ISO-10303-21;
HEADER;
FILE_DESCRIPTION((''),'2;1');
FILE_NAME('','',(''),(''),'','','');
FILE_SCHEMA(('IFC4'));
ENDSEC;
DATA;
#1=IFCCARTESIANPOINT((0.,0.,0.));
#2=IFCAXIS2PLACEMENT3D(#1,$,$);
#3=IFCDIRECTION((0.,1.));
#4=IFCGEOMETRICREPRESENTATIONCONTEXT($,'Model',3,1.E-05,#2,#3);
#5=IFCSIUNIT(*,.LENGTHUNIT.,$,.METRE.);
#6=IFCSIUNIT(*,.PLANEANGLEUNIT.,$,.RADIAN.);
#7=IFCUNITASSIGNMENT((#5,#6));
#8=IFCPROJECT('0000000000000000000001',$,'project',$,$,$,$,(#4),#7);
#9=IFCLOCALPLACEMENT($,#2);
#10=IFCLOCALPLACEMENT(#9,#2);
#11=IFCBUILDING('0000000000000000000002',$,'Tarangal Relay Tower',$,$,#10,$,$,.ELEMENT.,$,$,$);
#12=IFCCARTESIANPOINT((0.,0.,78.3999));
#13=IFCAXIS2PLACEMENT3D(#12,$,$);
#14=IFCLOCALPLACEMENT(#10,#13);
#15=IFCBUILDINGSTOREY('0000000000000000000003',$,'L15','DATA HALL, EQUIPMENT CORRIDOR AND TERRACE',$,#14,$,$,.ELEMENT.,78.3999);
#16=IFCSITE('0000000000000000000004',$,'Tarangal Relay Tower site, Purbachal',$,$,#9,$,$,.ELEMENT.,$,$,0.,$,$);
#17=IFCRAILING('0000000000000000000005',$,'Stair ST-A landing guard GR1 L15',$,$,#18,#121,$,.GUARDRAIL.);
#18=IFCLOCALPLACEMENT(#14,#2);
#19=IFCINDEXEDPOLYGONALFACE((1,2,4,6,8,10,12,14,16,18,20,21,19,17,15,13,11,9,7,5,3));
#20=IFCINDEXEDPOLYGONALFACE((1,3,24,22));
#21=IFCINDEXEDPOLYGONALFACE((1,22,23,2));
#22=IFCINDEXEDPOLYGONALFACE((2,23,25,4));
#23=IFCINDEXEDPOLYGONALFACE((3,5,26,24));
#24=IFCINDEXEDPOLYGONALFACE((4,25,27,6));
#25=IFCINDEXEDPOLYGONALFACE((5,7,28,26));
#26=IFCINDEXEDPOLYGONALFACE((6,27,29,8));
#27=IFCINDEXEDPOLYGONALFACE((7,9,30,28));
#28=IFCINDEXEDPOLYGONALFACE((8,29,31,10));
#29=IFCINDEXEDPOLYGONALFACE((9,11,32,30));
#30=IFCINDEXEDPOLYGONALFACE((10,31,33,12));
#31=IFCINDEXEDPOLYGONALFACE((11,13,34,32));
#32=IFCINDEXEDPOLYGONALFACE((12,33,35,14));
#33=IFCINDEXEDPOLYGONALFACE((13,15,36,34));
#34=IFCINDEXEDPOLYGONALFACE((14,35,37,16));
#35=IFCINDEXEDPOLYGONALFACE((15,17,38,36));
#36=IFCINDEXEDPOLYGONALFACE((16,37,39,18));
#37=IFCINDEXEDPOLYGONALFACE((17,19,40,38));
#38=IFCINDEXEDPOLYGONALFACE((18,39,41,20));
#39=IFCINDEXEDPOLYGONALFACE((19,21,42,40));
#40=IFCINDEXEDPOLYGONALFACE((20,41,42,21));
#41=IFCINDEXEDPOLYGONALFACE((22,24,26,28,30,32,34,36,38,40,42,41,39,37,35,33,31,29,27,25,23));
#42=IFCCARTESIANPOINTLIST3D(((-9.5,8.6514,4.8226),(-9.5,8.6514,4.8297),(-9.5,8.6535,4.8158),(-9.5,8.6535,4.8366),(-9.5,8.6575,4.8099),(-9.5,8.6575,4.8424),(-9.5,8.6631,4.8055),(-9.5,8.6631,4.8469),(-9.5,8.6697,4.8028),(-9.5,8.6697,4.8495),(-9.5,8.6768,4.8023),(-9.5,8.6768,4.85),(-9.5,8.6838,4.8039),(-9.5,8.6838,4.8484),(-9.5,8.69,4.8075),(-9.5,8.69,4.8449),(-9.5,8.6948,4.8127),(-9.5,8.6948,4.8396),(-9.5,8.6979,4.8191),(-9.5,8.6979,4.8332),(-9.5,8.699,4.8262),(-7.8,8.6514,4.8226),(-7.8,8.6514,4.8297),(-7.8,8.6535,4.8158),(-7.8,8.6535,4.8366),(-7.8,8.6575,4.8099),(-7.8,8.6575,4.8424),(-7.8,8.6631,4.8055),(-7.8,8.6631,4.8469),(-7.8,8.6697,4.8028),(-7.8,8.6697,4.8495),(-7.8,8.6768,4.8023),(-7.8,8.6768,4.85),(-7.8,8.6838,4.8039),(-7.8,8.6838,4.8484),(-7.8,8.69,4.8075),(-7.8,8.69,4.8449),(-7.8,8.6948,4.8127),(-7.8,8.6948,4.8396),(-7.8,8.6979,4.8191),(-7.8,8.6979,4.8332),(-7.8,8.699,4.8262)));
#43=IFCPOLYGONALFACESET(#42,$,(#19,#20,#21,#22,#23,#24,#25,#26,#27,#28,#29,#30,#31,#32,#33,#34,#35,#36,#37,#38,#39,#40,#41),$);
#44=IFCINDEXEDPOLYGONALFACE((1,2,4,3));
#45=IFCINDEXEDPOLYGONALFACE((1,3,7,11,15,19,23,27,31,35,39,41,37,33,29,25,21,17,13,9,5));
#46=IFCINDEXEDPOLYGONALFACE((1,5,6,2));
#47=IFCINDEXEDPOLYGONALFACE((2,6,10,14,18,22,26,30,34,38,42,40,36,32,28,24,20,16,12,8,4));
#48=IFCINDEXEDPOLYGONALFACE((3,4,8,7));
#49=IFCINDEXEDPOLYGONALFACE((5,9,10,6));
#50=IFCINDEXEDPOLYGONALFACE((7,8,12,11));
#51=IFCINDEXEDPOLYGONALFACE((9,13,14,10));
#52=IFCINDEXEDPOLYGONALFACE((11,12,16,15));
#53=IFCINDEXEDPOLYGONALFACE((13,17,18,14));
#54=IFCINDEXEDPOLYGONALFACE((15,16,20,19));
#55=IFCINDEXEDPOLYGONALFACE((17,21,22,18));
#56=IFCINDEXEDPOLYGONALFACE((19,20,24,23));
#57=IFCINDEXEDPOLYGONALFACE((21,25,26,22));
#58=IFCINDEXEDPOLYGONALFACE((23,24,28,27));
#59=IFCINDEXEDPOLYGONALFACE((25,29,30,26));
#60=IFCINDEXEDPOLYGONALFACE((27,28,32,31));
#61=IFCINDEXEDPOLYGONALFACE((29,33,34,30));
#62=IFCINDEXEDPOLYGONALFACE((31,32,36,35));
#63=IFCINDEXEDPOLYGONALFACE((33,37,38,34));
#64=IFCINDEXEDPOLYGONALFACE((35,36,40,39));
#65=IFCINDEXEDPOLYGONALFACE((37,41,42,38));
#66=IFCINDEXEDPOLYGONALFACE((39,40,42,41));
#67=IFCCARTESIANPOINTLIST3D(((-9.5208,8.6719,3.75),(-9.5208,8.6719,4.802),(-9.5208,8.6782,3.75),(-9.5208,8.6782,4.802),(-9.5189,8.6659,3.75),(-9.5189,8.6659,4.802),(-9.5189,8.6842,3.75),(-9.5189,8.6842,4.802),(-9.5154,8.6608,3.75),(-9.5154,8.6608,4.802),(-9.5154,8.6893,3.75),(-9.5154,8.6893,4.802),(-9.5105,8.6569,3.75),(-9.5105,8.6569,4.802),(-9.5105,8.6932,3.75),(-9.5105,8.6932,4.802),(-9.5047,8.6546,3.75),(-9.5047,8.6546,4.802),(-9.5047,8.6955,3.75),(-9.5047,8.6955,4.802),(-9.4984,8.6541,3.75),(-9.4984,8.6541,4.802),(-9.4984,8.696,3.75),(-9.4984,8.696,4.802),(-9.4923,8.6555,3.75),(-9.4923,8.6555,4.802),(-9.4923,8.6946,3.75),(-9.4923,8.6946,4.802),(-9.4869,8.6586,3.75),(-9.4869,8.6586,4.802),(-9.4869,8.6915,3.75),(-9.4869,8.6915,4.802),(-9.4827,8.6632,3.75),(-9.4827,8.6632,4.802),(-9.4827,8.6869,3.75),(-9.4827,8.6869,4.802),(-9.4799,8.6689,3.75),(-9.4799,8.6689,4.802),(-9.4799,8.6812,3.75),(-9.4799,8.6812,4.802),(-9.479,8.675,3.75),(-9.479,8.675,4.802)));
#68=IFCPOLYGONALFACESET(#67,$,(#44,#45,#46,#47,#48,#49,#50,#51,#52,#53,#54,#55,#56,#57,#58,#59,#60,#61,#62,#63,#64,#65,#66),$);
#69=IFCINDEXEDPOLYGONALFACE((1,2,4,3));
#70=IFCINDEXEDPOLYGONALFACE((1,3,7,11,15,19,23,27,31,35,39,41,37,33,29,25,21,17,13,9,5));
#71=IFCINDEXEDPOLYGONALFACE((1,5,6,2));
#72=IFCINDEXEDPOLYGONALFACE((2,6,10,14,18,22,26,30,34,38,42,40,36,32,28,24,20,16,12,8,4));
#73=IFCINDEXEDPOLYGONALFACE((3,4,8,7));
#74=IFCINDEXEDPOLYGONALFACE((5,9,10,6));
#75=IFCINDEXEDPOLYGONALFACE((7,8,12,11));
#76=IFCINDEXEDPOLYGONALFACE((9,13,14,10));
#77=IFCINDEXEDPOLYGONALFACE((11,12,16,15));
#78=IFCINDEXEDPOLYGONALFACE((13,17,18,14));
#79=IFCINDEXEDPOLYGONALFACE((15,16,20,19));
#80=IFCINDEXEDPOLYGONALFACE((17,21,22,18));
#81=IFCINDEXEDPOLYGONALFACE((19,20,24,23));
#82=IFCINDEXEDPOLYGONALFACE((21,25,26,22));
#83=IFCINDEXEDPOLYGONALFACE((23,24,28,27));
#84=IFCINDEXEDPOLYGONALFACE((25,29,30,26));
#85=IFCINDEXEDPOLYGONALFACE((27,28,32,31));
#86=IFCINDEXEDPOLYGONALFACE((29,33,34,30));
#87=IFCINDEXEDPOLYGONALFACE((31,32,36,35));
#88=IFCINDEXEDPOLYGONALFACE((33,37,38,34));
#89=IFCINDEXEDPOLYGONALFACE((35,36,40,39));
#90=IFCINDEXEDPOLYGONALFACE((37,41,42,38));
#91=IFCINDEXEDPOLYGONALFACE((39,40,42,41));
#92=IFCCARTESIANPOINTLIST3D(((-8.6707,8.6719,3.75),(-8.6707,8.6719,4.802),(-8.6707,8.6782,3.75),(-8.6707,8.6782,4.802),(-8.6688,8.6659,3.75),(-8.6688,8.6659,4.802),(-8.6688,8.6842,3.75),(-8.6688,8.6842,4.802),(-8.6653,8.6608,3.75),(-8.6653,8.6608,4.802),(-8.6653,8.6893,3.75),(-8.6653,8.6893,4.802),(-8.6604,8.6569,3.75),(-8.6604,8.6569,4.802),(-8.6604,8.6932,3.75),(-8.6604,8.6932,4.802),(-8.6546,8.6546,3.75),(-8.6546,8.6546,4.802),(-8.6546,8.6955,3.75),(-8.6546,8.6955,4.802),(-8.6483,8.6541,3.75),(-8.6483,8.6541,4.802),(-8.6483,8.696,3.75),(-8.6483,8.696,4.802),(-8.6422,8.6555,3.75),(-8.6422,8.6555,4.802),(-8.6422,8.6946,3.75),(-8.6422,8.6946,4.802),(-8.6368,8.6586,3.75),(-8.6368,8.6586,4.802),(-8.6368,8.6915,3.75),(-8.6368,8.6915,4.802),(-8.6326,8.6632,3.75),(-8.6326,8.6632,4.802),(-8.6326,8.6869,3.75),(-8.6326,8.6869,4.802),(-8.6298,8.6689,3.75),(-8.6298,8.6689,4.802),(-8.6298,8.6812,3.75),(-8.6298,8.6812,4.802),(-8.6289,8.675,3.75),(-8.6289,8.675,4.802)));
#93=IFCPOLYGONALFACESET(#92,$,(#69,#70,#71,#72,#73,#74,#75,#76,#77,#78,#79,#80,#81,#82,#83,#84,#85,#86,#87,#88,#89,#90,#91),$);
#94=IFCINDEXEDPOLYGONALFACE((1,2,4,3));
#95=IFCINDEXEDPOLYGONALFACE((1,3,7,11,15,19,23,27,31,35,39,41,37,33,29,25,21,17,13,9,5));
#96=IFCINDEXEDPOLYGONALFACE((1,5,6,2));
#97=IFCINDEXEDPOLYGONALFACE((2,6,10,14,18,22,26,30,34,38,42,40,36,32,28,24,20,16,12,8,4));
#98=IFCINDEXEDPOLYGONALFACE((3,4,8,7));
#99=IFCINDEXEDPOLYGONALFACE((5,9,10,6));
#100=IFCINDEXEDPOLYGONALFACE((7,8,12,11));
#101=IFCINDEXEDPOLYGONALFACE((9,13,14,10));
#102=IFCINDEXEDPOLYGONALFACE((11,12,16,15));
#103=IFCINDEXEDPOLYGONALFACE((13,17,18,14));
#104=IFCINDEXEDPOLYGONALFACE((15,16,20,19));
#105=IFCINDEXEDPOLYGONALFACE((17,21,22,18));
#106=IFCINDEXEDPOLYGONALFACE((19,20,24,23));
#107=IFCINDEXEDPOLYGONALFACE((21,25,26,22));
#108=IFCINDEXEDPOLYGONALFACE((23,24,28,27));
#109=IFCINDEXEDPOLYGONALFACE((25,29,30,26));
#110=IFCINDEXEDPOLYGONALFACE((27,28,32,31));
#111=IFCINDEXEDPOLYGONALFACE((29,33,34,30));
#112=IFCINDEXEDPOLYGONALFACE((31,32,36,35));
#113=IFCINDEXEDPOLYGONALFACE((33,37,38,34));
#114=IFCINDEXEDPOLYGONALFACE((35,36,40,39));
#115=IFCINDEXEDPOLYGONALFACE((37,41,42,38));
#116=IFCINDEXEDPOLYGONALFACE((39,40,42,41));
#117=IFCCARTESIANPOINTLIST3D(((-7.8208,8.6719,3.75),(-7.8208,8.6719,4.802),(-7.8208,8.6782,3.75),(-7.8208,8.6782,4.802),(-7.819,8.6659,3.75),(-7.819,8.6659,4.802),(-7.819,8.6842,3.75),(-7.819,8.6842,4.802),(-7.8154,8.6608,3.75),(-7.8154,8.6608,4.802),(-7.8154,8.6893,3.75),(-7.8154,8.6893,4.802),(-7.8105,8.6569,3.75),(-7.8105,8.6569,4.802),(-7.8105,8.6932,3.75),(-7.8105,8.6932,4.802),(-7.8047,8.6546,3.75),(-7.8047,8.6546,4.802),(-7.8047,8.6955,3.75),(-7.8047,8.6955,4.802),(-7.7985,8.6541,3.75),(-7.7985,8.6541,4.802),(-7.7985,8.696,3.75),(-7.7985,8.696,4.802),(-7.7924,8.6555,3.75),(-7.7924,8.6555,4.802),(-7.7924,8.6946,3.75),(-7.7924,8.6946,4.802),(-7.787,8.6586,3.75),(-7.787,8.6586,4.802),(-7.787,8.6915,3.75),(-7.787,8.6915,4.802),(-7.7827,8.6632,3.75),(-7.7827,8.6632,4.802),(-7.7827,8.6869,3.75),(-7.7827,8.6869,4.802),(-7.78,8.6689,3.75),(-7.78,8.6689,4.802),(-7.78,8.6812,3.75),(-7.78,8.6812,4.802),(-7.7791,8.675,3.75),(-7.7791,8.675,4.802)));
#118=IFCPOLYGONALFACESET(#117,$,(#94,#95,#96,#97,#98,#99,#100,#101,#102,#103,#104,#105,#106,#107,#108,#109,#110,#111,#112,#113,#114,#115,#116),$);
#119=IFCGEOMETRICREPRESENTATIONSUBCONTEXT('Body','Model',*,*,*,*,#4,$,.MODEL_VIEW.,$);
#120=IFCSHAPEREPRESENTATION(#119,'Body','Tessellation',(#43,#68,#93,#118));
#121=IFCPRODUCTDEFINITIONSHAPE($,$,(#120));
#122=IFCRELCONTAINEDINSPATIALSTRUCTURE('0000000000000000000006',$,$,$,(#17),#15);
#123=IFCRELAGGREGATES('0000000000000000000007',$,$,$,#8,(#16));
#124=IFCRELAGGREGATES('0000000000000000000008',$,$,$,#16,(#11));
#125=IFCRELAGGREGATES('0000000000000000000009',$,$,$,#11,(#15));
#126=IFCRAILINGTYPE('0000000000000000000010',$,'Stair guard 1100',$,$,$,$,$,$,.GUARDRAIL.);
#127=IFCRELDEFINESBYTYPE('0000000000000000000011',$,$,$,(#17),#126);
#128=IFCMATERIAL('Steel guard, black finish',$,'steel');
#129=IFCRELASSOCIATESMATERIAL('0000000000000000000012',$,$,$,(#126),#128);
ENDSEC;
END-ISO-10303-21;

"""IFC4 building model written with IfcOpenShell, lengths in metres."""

from ifc_helpers import new_model, si_unit, direction, frame, origin, origin_2d, place, context, subcontext, project, spatial, circle, extrude, material, type_object, element, save


model = new_model("IFC4")

# Units and contexts
model_context = context("Model", 3, precision=1e-05, world=origin(), true_north=direction((0.0, 1.0)))
body_context = subcontext(model_context, "Body", "Model", "MODEL_VIEW")
ifc_project = project(units=[si_unit("LENGTHUNIT", "METRE"), si_unit("PLANEANGLEUNIT", "RADIAN")], contexts=[model_context])

# Site, building, storey
site_placement = place(None, origin())
site = spatial("IfcSite", under=ifc_project, at=site_placement, Name="Tarangal Relay Tower site, Purbachal", CompositionType="ELEMENT", RefElevation=0.0)
building_placement = place(site_placement, origin())
building = spatial("IfcBuilding", under=site, at=building_placement, Name="Tarangal Relay Tower", CompositionType="ELEMENT")
storey_placement = place(building_placement, frame((0.0, 0.0, 78.3999)))
storey = spatial("IfcBuildingStorey", under=building, at=storey_placement, Name="L15", Description="DATA HALL, EQUIPMENT CORRIDOR AND TERRACE", CompositionType="ELEMENT", Elevation=78.3999)

# Railing
ifc_material_1 = material(Name="Steel guard, black finish", Category="steel")
railing_type_1 = type_object("IfcRailingType", Name="Stair guard 1100", PredefinedType="GUARDRAIL", material=ifc_material_1)
for number, where, name in (
    (1, (-9.5, 8.675, 3.75), "Stair ST-A landing guard GR1 L15"),
):
    element("IfcRailing", number, at=place(storey_placement, frame(where)), inside=storey, type_object=railing_type_1, Name=name, PredefinedType="GUARDRAIL", context=body_context, shape_type="SweptSolid", body=[
        extrude(circle(Radius=0.0239, at=origin_2d()), frame((0.0, 0.0, 1.0762), z_axis=(1.0, 0.0, 0.0), x_axis=(0.0, 1.0, 0.0)), (0.0, 0.0, 1.0), 1.7),
        extrude(circle(Radius=0.021, at=origin_2d()), origin(), (0.0, 0.0, 1.0), 1.052),
        extrude(circle(Radius=0.021, at=origin_2d()), frame((0.8501, 0.0, 0.0)), (0.0, 0.0, 1.0), 1.052),
        extrude(circle(Radius=0.021, at=origin_2d()), frame((1.7, 0.0, 0.0)), (0.0, 0.0, 1.0), 1.052),
    ])

save(model, "model.ifc")
